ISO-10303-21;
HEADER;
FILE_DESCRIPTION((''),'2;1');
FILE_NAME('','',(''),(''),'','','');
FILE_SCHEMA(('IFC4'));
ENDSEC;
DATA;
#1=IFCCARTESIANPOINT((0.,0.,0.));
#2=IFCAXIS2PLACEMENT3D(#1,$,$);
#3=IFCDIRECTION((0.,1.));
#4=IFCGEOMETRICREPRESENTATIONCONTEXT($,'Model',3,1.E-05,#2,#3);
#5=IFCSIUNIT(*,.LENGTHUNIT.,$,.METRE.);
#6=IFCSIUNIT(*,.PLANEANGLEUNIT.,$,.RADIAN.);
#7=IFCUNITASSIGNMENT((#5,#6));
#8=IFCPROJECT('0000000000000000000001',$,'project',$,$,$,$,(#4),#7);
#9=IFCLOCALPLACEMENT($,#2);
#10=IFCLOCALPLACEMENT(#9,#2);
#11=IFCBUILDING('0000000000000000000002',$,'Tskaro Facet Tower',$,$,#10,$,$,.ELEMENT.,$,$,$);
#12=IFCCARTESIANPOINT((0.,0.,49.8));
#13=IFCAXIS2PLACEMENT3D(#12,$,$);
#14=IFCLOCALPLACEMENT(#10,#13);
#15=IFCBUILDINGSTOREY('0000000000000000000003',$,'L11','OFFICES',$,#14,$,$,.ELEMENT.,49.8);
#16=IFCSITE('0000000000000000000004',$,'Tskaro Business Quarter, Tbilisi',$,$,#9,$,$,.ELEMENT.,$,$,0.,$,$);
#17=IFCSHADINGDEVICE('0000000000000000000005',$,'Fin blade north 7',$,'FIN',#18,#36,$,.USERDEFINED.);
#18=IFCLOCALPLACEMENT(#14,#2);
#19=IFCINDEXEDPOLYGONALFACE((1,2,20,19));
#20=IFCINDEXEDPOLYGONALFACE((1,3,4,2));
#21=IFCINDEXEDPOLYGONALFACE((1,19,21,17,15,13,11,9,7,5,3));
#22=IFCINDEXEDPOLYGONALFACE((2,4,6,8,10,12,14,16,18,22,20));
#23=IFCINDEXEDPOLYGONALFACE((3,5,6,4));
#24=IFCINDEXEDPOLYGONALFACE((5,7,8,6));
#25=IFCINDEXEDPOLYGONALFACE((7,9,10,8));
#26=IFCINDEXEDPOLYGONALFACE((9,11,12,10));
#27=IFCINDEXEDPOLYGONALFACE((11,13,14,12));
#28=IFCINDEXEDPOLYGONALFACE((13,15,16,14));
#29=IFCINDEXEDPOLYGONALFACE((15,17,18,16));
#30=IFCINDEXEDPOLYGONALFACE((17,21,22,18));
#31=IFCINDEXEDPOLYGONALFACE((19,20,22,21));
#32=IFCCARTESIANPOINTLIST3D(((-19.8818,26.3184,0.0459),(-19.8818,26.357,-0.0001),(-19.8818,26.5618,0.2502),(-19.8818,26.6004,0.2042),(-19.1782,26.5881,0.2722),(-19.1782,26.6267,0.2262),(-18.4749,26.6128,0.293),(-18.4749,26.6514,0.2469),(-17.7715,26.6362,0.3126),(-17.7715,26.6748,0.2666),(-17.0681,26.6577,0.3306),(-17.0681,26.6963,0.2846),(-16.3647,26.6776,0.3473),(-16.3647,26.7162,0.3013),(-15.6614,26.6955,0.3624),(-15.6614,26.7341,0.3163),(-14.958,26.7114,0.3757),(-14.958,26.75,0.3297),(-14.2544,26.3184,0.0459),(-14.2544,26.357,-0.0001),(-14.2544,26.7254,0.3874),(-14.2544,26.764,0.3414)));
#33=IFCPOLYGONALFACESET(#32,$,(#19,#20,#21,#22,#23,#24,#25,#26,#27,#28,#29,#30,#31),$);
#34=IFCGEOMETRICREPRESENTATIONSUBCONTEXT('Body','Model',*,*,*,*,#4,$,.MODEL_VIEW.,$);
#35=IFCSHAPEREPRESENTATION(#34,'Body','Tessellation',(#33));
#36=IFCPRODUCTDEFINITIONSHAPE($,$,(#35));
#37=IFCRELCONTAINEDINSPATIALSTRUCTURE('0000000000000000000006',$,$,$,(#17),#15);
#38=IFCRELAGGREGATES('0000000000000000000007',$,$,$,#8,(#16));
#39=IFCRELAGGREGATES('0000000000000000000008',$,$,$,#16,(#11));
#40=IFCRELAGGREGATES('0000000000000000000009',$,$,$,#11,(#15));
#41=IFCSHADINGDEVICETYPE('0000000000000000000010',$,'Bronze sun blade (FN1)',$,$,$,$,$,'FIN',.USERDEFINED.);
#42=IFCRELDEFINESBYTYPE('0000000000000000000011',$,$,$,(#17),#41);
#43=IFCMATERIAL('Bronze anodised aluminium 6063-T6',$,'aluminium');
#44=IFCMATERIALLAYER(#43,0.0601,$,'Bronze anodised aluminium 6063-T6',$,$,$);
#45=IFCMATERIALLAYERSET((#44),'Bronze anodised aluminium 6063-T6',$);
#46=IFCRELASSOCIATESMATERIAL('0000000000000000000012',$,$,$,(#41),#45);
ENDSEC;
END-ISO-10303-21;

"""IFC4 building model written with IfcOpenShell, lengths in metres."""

from ifc_helpers import new_model, si_unit, direction, frame, origin, place, context, subcontext, project, spatial, polyline, outline, extrude, material, layer, layer_set, type_object, element, save


model = new_model("IFC4")

# Units and contexts
model_context = context("Model", 3, precision=1e-05, world=origin(), true_north=direction((0.0, 1.0)))
body_context = subcontext(model_context, "Body", "Model", "MODEL_VIEW")
ifc_project = project(units=[si_unit("LENGTHUNIT", "METRE"), si_unit("PLANEANGLEUNIT", "RADIAN")], contexts=[model_context])

# Site, building, storey
site_placement = place(None, origin())
site = spatial("IfcSite", under=ifc_project, at=site_placement, Name="Tskaro Business Quarter, Tbilisi", CompositionType="ELEMENT", RefElevation=0.0)
building_placement = place(site_placement, origin())
building = spatial("IfcBuilding", under=site, at=building_placement, Name="Tskaro Facet Tower", CompositionType="ELEMENT")
storey_placement = place(building_placement, frame((0.0, 0.0, 49.8)))
storey = spatial("IfcBuildingStorey", under=building, at=storey_placement, Name="L11", Description="OFFICES", CompositionType="ELEMENT", Elevation=49.8)

# Shared definitions
ifc_material_1 = material(Name="Bronze anodised aluminium 6063-T6", Category="aluminium")

# Shading device
ifc_layer_1 = layer(ifc_material_1, 0.0601, Name="Bronze anodised aluminium 6063-T6")
ifc_layer_set_1 = layer_set([ifc_layer_1], Name="Bronze anodised aluminium 6063-T6")
shading_device_type = type_object("IfcShadingDeviceType", Name="Bronze sun blade (FN1)", ElementType="FIN", PredefinedType="USERDEFINED", material=ifc_layer_set_1)
shading_device_1_placement = place(storey_placement, frame((-14.2544, 26.3184, 0.0459), z_axis=(0.0, -0.642772, 0.766057), x_axis=(-1.0, 0.0, 0.0)))
element("IfcShadingDevice", 1, at=shading_device_1_placement, inside=storey, type_object=shading_device_type, Name="Fin blade north 7", ObjectType="FIN", PredefinedType="USERDEFINED", context=body_context, shape_type="SweptSolid", body=[
    extrude(outline(polyline([(0.0, 0.0), (5.6274, 0.0), (5.6274, -0.3178), (4.9238, -0.3521), (4.2205, -0.3844), (3.5171, -0.4149), (2.8137, -0.4429), (2.1104, -0.4689), (1.407, -0.4923), (0.7036, -0.5131), (0.0, -0.5313), (0.0, 0.0)])), origin(), (0.0, 0.0, -1.0), 0.0601),
])

save(model, "model.ifc")
